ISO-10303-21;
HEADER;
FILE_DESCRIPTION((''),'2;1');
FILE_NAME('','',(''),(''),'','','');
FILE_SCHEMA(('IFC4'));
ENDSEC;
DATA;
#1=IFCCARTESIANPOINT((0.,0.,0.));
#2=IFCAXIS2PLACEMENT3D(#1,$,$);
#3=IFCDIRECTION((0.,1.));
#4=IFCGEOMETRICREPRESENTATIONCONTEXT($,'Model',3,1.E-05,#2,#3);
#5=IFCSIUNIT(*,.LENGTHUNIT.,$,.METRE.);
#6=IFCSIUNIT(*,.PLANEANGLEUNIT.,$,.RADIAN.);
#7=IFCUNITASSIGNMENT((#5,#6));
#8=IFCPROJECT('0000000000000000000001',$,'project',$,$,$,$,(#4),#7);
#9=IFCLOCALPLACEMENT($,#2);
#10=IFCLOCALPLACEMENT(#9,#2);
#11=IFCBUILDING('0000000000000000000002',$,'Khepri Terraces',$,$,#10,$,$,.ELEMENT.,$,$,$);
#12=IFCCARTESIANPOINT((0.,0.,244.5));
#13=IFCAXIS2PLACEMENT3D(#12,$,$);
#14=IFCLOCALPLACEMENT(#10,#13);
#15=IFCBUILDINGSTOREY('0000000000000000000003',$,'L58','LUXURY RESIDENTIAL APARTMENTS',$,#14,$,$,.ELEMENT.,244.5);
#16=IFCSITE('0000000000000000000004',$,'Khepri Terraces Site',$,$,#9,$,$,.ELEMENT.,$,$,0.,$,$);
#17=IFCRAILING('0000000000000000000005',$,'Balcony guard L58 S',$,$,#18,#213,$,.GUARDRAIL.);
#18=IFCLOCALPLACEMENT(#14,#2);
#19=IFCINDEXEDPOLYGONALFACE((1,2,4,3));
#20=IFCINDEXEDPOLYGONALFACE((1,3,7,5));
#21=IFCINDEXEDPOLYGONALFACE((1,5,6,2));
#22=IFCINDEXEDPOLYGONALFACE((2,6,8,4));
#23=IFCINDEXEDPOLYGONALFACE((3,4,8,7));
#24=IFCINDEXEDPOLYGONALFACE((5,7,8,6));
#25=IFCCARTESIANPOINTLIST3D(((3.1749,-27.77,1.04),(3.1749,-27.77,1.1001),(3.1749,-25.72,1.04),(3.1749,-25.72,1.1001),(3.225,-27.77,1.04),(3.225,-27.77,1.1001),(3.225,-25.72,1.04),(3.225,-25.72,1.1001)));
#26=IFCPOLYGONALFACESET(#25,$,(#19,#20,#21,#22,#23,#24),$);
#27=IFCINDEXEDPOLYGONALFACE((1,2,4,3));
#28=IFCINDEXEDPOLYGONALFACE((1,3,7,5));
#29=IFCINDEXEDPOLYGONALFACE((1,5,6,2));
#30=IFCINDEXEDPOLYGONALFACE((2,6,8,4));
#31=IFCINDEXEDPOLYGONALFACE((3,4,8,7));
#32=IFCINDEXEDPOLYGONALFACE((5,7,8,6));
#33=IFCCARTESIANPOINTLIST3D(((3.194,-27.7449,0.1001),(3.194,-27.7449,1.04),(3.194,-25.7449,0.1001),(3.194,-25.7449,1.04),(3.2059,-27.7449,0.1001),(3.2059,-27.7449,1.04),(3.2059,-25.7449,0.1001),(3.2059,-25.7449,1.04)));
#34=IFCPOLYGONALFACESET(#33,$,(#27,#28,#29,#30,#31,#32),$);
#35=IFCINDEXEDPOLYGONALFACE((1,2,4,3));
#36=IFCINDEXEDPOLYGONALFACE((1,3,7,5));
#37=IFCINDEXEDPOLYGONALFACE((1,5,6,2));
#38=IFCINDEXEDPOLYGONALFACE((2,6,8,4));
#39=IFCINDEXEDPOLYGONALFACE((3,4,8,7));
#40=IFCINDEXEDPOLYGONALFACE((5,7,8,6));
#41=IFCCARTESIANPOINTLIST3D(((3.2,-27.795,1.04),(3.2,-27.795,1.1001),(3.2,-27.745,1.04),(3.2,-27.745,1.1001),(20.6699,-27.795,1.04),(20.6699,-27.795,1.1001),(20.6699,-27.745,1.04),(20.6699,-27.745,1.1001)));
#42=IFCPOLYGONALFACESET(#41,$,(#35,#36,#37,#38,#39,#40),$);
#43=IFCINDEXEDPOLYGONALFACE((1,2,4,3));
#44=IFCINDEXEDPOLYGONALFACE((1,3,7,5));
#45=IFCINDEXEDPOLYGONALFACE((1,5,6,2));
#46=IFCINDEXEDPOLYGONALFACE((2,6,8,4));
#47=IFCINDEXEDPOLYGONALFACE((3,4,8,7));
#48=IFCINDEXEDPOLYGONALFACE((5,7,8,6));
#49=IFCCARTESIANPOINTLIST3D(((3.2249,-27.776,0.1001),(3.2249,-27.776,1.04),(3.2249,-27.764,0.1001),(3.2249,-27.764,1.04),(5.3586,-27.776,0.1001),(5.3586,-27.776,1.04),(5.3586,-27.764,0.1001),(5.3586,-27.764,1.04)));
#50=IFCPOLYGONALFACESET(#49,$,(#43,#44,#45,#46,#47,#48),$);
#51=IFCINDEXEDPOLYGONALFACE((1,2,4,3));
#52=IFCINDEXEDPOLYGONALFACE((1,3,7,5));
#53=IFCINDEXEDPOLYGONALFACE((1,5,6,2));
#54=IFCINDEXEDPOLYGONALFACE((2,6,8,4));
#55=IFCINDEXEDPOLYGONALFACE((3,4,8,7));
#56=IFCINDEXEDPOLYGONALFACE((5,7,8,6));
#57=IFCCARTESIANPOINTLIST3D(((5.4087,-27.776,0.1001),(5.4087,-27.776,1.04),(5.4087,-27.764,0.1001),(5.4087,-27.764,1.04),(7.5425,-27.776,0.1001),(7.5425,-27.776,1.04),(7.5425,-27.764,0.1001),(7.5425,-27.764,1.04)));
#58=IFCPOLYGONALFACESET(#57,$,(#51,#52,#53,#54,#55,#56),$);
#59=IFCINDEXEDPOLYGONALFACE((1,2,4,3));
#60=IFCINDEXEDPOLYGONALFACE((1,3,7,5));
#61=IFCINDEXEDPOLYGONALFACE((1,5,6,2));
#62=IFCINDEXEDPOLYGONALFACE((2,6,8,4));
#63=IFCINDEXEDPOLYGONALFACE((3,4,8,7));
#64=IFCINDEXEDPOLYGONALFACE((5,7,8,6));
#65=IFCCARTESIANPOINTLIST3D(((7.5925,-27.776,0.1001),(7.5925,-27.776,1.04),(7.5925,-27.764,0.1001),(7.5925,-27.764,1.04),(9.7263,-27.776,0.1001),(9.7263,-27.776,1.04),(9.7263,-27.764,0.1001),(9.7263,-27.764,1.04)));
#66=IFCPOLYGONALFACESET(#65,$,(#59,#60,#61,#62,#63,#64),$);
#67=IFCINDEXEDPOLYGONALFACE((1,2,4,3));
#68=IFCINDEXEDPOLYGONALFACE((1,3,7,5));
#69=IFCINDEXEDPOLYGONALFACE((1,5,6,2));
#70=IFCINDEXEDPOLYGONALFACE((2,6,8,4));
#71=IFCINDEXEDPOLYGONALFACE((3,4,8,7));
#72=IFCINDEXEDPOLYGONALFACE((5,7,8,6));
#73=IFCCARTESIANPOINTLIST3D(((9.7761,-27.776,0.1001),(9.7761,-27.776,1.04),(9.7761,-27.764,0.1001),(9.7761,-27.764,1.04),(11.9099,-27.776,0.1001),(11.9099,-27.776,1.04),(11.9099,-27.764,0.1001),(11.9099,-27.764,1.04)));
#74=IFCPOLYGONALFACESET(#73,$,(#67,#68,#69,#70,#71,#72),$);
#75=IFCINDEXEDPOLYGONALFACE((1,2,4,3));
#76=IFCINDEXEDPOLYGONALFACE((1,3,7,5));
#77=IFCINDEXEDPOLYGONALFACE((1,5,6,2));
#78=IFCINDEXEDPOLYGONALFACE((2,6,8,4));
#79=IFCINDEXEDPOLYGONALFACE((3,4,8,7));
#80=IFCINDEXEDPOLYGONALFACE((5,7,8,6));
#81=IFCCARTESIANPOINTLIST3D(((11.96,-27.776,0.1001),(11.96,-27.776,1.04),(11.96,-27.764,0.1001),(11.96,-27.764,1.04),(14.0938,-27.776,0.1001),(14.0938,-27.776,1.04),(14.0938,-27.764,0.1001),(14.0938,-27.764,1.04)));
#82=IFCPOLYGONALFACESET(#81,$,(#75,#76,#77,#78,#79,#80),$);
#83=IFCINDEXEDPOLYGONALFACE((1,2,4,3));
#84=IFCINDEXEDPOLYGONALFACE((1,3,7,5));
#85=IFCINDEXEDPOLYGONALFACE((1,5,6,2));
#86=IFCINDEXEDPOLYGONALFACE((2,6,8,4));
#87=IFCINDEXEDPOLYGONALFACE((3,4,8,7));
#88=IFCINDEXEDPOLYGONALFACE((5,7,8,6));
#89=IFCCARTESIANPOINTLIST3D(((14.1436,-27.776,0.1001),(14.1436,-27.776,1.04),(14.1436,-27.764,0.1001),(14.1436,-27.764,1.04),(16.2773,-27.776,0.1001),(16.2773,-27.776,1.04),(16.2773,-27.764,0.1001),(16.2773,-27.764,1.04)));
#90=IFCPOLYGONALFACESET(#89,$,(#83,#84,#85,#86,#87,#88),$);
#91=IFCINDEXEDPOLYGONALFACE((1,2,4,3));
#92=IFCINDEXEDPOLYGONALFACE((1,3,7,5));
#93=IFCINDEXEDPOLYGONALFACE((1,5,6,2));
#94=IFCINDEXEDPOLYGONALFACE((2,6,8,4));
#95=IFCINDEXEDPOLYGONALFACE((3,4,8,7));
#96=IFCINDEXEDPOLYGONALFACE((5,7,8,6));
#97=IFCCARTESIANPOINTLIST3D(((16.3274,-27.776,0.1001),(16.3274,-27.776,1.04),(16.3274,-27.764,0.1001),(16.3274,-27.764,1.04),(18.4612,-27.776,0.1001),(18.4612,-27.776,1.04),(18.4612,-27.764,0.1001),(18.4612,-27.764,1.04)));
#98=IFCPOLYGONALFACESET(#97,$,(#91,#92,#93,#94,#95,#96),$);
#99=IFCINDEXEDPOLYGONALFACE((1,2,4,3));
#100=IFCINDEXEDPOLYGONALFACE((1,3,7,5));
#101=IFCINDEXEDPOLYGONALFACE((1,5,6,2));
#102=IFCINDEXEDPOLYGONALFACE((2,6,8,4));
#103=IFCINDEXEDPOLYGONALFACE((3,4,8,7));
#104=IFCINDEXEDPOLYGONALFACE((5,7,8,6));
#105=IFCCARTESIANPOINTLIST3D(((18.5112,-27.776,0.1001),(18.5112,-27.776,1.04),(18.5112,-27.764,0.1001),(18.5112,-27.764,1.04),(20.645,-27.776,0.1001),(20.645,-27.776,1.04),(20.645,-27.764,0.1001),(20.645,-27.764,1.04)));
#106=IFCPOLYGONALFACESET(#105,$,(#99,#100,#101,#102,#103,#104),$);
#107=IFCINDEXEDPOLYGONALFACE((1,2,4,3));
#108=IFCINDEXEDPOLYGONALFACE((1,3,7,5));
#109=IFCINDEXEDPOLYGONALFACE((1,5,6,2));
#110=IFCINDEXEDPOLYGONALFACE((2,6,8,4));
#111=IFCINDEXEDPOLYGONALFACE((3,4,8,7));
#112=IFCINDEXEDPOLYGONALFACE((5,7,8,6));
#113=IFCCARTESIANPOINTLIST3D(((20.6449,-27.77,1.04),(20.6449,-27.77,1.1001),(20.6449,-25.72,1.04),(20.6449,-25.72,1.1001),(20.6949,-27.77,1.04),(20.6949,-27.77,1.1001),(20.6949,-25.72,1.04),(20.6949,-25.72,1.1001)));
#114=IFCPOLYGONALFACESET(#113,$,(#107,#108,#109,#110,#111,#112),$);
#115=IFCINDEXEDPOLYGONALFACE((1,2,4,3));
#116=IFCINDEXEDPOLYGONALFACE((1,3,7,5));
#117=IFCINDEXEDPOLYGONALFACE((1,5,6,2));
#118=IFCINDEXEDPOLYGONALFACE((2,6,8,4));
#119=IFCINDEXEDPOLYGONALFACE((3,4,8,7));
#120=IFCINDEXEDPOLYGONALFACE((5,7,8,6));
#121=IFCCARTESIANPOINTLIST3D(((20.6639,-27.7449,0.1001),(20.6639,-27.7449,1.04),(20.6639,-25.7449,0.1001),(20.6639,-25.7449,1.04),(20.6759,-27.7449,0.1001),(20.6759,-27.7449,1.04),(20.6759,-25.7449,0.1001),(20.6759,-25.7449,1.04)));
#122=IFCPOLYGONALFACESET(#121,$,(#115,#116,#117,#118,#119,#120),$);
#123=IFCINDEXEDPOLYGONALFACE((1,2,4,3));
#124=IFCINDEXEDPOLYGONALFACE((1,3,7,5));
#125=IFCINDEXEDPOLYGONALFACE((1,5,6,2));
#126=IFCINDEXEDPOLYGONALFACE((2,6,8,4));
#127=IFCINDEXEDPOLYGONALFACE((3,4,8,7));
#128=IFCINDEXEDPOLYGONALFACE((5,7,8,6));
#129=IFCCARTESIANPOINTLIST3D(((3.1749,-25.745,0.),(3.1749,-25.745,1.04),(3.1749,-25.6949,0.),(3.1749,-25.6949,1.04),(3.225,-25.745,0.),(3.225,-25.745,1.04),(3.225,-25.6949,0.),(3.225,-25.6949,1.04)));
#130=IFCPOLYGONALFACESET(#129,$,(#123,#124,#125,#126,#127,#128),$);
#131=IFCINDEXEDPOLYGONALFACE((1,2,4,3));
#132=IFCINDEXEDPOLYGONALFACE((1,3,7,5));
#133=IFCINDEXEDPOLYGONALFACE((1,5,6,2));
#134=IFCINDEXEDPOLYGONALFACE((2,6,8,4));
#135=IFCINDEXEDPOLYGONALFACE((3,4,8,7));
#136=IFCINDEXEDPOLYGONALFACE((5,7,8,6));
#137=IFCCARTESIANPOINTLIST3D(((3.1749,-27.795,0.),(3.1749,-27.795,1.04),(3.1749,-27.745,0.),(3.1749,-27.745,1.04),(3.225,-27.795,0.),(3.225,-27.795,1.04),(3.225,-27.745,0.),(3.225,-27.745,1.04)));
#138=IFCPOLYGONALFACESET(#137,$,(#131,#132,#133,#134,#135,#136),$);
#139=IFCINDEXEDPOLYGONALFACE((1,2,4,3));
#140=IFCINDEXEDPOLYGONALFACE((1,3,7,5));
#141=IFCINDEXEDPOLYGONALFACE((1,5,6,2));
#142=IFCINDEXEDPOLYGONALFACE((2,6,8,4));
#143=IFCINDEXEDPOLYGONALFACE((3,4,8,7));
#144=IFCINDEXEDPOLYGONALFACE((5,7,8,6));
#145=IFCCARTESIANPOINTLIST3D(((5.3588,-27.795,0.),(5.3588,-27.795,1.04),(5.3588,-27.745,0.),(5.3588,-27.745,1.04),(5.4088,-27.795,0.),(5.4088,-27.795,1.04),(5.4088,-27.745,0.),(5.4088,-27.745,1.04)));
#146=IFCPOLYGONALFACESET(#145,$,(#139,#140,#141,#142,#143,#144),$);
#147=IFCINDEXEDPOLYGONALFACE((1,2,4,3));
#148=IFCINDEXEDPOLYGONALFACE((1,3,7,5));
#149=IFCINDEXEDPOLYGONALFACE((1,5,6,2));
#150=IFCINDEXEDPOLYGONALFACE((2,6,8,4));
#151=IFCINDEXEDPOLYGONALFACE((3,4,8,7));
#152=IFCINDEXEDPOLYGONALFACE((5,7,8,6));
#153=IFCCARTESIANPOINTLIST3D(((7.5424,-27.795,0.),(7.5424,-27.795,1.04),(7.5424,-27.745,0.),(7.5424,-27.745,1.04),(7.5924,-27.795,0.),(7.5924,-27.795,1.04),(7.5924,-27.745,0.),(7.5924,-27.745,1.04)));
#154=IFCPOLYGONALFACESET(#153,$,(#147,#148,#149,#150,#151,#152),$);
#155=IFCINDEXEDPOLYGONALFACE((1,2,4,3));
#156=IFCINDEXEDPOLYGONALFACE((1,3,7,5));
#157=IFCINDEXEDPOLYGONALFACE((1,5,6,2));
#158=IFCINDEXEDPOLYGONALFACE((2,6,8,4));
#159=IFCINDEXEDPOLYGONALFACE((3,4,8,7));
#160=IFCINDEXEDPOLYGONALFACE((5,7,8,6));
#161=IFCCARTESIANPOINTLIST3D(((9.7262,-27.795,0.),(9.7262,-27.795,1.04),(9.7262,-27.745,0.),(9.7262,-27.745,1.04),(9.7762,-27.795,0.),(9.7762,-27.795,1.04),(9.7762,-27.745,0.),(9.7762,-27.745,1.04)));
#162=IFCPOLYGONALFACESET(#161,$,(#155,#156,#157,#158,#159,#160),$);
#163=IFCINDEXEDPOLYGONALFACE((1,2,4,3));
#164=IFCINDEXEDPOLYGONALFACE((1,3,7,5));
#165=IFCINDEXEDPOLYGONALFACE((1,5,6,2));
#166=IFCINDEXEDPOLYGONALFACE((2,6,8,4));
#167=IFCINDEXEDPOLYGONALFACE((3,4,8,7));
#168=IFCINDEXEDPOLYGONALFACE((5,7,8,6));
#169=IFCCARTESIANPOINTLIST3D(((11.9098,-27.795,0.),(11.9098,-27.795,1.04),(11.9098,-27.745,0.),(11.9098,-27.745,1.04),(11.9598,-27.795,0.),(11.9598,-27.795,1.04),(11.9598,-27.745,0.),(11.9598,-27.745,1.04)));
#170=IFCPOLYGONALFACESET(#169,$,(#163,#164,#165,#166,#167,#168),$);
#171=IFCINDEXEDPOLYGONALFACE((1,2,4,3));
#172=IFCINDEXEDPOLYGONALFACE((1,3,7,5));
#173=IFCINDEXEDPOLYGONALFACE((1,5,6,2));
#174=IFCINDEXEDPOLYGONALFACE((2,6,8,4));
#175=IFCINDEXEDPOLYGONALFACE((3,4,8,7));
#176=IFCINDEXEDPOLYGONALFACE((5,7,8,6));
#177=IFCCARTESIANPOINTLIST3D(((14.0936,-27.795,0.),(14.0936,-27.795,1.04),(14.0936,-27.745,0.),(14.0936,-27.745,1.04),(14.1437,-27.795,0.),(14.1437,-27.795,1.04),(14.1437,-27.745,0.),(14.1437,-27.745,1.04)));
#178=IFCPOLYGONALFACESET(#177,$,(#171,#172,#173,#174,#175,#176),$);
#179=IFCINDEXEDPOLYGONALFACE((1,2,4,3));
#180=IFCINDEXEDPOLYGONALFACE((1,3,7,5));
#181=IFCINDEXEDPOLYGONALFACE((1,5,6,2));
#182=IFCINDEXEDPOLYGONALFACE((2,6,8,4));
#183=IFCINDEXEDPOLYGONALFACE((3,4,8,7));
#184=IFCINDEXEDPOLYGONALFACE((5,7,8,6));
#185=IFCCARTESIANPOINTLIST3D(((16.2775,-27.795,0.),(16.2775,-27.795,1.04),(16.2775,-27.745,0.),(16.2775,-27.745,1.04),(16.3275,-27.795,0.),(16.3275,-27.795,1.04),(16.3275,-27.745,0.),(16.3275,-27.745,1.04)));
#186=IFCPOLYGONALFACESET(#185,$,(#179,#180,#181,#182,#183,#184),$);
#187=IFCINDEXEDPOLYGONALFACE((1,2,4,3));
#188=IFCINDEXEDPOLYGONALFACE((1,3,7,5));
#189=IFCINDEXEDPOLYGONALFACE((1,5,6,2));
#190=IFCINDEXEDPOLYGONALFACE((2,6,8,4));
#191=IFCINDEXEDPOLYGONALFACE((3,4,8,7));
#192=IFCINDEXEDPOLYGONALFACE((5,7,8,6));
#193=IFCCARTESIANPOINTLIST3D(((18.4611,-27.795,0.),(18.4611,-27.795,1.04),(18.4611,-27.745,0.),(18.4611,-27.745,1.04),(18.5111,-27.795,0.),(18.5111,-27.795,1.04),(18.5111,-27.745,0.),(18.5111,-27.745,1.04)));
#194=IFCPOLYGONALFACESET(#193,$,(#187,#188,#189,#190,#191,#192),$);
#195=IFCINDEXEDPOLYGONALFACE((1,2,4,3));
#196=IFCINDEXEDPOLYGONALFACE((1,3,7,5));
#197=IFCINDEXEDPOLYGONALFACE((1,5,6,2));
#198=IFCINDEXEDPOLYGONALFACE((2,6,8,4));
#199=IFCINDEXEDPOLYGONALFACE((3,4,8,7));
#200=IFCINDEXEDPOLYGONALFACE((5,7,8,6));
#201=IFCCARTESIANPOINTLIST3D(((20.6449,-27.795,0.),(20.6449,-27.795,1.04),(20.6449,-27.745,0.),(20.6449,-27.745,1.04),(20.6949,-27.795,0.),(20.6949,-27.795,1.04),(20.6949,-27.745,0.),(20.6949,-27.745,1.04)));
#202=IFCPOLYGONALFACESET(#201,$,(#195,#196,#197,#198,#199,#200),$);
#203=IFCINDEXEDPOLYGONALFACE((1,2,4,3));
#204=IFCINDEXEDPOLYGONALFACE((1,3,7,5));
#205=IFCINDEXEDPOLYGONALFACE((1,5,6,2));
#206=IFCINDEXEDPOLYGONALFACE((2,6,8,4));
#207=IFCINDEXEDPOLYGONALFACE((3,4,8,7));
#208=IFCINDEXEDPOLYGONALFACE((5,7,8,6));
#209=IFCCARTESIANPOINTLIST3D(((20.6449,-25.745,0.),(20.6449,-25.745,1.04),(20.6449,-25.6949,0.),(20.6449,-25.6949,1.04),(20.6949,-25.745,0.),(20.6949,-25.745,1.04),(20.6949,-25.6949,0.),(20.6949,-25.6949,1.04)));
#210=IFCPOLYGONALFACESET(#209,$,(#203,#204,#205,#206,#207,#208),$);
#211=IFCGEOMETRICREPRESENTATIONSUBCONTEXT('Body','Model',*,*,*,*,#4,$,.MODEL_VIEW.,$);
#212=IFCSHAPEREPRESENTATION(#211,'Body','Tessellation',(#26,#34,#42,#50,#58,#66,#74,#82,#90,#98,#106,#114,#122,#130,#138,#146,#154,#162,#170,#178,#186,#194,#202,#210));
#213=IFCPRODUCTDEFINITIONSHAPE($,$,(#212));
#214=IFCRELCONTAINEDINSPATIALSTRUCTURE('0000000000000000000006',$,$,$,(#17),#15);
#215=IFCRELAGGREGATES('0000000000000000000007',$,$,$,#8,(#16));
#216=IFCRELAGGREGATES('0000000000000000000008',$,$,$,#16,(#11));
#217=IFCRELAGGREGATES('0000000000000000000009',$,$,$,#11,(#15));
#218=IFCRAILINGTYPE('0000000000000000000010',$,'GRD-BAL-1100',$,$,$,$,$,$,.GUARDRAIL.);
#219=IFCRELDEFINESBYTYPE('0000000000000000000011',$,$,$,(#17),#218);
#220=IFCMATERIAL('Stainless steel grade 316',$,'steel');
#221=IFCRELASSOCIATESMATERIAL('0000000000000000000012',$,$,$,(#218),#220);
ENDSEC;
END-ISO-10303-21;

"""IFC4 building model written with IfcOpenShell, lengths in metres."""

from ifc_helpers import new_model, si_unit, direction, frame, origin, origin_2d, place, context, subcontext, project, spatial, rectangle, extrude, material, type_object, element, save


model = new_model("IFC4")

# Units and contexts
model_context = context("Model", 3, precision=1e-05, world=origin(), true_north=direction((0.0, 1.0)))
body_context = subcontext(model_context, "Body", "Model", "MODEL_VIEW")
ifc_project = project(units=[si_unit("LENGTHUNIT", "METRE"), si_unit("PLANEANGLEUNIT", "RADIAN")], contexts=[model_context])

# Site, building, storey
site_placement = place(None, origin())
site = spatial("IfcSite", under=ifc_project, at=site_placement, Name="Khepri Terraces Site", CompositionType="ELEMENT", RefElevation=0.0)
building_placement = place(site_placement, origin())
building = spatial("IfcBuilding", under=site, at=building_placement, Name="Khepri Terraces", CompositionType="ELEMENT")
storey_placement = place(building_placement, frame((0.0, 0.0, 244.5)))
storey = spatial("IfcBuildingStorey", under=building, at=storey_placement, Name="L58", Description="LUXURY RESIDENTIAL APARTMENTS", CompositionType="ELEMENT", Elevation=244.5)

# Railing
ifc_material_1 = material(Name="Stainless steel grade 316", Category="steel")
railing_type = type_object("IfcRailingType", Name="GRD-BAL-1100", PredefinedType="GUARDRAIL", material=ifc_material_1)
railing_placement = place(storey_placement, frame((3.2, -25.72, 0.0)))
element("IfcRailing", 1, at=railing_placement, inside=storey, type_object=railing_type, Name="Balcony guard L58 S", PredefinedType="GUARDRAIL", context=body_context, shape_type="SweptSolid", body=[
    extrude(rectangle(XDim=0.05, YDim=0.0601, at=origin_2d()), frame((0.0, 0.0, 1.0701), z_axis=(0.0, -1.0, 0.0), x_axis=(1.0, 0.0, 0.0)), (0.0, 0.0, 1.0), 2.05),
    extrude(rectangle(XDim=2.0, YDim=0.012, at=origin_2d()), frame((0.0, -1.0249, 0.1001), z_axis=(0.0, 0.0, 1.0), x_axis=(0.0, -1.0, 0.0)), (0.0, 0.0, 1.0), 0.9399),
    extrude(rectangle(XDim=0.05, YDim=0.0601, at=origin_2d()), frame((0.0, -2.05, 1.0701), z_axis=(1.0, 0.0, 0.0), x_axis=(0.0, 1.0, 0.0)), (0.0, 0.0, 1.0), 17.47),
    extrude(rectangle(XDim=2.1338, YDim=0.012, at=origin_2d()), frame((1.0918, -2.05, 0.1001), z_axis=(0.0, 0.0, 1.0), x_axis=(1.0, 0.0, 0.0)), (0.0, 0.0, 1.0), 0.9399),
    extrude(rectangle(XDim=2.1338, YDim=0.012, at=origin_2d()), frame((3.2756, -2.05, 0.1001), z_axis=(0.0, 0.0, 1.0), x_axis=(1.0, 0.0, 0.0)), (0.0, 0.0, 1.0), 0.9399),
    extrude(rectangle(XDim=2.1338, YDim=0.012, at=origin_2d()), frame((5.4595, -2.05, 0.1001), z_axis=(0.0, 0.0, 1.0), x_axis=(1.0, 0.0, 0.0)), (0.0, 0.0, 1.0), 0.9399),
    extrude(rectangle(XDim=2.1338, YDim=0.012, at=origin_2d()), frame((7.6431, -2.05, 0.1001), z_axis=(0.0, 0.0, 1.0), x_axis=(1.0, 0.0, 0.0)), (0.0, 0.0, 1.0), 0.9399),
    extrude(rectangle(XDim=2.1338, YDim=0.012, at=origin_2d()), frame((9.8269, -2.05, 0.1001), z_axis=(0.0, 0.0, 1.0), x_axis=(1.0, 0.0, 0.0)), (0.0, 0.0, 1.0), 0.9399),
    extrude(rectangle(XDim=2.1338, YDim=0.012, at=origin_2d()), frame((12.0105, -2.05, 0.1001), z_axis=(0.0, 0.0, 1.0), x_axis=(1.0, 0.0, 0.0)), (0.0, 0.0, 1.0), 0.9399),
    extrude(rectangle(XDim=2.1338, YDim=0.012, at=origin_2d()), frame((14.1943, -2.05, 0.1001), z_axis=(0.0, 0.0, 1.0), x_axis=(1.0, 0.0, 0.0)), (0.0, 0.0, 1.0), 0.9399),
    extrude(rectangle(XDim=2.1338, YDim=0.012, at=origin_2d()), frame((16.3782, -2.05, 0.1001), z_axis=(0.0, 0.0, 1.0), x_axis=(1.0, 0.0, 0.0)), (0.0, 0.0, 1.0), 0.9399),
    extrude(rectangle(XDim=0.05, YDim=0.0601, at=origin_2d()), frame((17.47, -2.05, 1.0701), z_axis=(0.0, 1.0, 0.0), x_axis=(-1.0, 0.0, 0.0)), (0.0, 0.0, 1.0), 2.05),
    extrude(rectangle(XDim=2.0, YDim=0.012, at=origin_2d()), frame((17.47, -1.0249, 0.1001), z_axis=(0.0, 0.0, 1.0), x_axis=(0.0, 1.0, 0.0)), (0.0, 0.0, 1.0), 0.9399),
    extrude(rectangle(XDim=0.05, YDim=0.05, at=origin_2d()), origin(), (0.0, 0.0, 1.0), 1.04),
    extrude(rectangle(XDim=0.05, YDim=0.05, at=origin_2d()), frame((0.0, -2.05, 0.0)), (0.0, 0.0, 1.0), 1.04),
    extrude(rectangle(XDim=0.05, YDim=0.05, at=origin_2d()), frame((2.1838, -2.05, 0.0)), (0.0, 0.0, 1.0), 1.04),
    extrude(rectangle(XDim=0.05, YDim=0.05, at=origin_2d()), frame((4.3674, -2.05, 0.0)), (0.0, 0.0, 1.0), 1.04),
    extrude(rectangle(XDim=0.05, YDim=0.05, at=origin_2d()), frame((6.5513, -2.05, 0.0)), (0.0, 0.0, 1.0), 1.04),
    extrude(rectangle(XDim=0.05, YDim=0.05, at=origin_2d()), frame((8.7349, -2.05, 0.0)), (0.0, 0.0, 1.0), 1.04),
    extrude(rectangle(XDim=0.05, YDim=0.05, at=origin_2d()), frame((10.9187, -2.05, 0.0)), (0.0, 0.0, 1.0), 1.04),
    extrude(rectangle(XDim=0.05, YDim=0.05, at=origin_2d()), frame((13.1025, -2.05, 0.0)), (0.0, 0.0, 1.0), 1.04),
    extrude(rectangle(XDim=0.05, YDim=0.05, at=origin_2d()), frame((15.2861, -2.05, 0.0)), (0.0, 0.0, 1.0), 1.04),
    extrude(rectangle(XDim=0.05, YDim=0.05, at=origin_2d()), frame((17.47, -2.05, 0.0)), (0.0, 0.0, 1.0), 1.04),
    extrude(rectangle(XDim=0.05, YDim=0.05, at=origin_2d()), frame((17.47, 0.0, 0.0)), (0.0, 0.0, 1.0), 1.04),
])

save(model, "model.ifc")
